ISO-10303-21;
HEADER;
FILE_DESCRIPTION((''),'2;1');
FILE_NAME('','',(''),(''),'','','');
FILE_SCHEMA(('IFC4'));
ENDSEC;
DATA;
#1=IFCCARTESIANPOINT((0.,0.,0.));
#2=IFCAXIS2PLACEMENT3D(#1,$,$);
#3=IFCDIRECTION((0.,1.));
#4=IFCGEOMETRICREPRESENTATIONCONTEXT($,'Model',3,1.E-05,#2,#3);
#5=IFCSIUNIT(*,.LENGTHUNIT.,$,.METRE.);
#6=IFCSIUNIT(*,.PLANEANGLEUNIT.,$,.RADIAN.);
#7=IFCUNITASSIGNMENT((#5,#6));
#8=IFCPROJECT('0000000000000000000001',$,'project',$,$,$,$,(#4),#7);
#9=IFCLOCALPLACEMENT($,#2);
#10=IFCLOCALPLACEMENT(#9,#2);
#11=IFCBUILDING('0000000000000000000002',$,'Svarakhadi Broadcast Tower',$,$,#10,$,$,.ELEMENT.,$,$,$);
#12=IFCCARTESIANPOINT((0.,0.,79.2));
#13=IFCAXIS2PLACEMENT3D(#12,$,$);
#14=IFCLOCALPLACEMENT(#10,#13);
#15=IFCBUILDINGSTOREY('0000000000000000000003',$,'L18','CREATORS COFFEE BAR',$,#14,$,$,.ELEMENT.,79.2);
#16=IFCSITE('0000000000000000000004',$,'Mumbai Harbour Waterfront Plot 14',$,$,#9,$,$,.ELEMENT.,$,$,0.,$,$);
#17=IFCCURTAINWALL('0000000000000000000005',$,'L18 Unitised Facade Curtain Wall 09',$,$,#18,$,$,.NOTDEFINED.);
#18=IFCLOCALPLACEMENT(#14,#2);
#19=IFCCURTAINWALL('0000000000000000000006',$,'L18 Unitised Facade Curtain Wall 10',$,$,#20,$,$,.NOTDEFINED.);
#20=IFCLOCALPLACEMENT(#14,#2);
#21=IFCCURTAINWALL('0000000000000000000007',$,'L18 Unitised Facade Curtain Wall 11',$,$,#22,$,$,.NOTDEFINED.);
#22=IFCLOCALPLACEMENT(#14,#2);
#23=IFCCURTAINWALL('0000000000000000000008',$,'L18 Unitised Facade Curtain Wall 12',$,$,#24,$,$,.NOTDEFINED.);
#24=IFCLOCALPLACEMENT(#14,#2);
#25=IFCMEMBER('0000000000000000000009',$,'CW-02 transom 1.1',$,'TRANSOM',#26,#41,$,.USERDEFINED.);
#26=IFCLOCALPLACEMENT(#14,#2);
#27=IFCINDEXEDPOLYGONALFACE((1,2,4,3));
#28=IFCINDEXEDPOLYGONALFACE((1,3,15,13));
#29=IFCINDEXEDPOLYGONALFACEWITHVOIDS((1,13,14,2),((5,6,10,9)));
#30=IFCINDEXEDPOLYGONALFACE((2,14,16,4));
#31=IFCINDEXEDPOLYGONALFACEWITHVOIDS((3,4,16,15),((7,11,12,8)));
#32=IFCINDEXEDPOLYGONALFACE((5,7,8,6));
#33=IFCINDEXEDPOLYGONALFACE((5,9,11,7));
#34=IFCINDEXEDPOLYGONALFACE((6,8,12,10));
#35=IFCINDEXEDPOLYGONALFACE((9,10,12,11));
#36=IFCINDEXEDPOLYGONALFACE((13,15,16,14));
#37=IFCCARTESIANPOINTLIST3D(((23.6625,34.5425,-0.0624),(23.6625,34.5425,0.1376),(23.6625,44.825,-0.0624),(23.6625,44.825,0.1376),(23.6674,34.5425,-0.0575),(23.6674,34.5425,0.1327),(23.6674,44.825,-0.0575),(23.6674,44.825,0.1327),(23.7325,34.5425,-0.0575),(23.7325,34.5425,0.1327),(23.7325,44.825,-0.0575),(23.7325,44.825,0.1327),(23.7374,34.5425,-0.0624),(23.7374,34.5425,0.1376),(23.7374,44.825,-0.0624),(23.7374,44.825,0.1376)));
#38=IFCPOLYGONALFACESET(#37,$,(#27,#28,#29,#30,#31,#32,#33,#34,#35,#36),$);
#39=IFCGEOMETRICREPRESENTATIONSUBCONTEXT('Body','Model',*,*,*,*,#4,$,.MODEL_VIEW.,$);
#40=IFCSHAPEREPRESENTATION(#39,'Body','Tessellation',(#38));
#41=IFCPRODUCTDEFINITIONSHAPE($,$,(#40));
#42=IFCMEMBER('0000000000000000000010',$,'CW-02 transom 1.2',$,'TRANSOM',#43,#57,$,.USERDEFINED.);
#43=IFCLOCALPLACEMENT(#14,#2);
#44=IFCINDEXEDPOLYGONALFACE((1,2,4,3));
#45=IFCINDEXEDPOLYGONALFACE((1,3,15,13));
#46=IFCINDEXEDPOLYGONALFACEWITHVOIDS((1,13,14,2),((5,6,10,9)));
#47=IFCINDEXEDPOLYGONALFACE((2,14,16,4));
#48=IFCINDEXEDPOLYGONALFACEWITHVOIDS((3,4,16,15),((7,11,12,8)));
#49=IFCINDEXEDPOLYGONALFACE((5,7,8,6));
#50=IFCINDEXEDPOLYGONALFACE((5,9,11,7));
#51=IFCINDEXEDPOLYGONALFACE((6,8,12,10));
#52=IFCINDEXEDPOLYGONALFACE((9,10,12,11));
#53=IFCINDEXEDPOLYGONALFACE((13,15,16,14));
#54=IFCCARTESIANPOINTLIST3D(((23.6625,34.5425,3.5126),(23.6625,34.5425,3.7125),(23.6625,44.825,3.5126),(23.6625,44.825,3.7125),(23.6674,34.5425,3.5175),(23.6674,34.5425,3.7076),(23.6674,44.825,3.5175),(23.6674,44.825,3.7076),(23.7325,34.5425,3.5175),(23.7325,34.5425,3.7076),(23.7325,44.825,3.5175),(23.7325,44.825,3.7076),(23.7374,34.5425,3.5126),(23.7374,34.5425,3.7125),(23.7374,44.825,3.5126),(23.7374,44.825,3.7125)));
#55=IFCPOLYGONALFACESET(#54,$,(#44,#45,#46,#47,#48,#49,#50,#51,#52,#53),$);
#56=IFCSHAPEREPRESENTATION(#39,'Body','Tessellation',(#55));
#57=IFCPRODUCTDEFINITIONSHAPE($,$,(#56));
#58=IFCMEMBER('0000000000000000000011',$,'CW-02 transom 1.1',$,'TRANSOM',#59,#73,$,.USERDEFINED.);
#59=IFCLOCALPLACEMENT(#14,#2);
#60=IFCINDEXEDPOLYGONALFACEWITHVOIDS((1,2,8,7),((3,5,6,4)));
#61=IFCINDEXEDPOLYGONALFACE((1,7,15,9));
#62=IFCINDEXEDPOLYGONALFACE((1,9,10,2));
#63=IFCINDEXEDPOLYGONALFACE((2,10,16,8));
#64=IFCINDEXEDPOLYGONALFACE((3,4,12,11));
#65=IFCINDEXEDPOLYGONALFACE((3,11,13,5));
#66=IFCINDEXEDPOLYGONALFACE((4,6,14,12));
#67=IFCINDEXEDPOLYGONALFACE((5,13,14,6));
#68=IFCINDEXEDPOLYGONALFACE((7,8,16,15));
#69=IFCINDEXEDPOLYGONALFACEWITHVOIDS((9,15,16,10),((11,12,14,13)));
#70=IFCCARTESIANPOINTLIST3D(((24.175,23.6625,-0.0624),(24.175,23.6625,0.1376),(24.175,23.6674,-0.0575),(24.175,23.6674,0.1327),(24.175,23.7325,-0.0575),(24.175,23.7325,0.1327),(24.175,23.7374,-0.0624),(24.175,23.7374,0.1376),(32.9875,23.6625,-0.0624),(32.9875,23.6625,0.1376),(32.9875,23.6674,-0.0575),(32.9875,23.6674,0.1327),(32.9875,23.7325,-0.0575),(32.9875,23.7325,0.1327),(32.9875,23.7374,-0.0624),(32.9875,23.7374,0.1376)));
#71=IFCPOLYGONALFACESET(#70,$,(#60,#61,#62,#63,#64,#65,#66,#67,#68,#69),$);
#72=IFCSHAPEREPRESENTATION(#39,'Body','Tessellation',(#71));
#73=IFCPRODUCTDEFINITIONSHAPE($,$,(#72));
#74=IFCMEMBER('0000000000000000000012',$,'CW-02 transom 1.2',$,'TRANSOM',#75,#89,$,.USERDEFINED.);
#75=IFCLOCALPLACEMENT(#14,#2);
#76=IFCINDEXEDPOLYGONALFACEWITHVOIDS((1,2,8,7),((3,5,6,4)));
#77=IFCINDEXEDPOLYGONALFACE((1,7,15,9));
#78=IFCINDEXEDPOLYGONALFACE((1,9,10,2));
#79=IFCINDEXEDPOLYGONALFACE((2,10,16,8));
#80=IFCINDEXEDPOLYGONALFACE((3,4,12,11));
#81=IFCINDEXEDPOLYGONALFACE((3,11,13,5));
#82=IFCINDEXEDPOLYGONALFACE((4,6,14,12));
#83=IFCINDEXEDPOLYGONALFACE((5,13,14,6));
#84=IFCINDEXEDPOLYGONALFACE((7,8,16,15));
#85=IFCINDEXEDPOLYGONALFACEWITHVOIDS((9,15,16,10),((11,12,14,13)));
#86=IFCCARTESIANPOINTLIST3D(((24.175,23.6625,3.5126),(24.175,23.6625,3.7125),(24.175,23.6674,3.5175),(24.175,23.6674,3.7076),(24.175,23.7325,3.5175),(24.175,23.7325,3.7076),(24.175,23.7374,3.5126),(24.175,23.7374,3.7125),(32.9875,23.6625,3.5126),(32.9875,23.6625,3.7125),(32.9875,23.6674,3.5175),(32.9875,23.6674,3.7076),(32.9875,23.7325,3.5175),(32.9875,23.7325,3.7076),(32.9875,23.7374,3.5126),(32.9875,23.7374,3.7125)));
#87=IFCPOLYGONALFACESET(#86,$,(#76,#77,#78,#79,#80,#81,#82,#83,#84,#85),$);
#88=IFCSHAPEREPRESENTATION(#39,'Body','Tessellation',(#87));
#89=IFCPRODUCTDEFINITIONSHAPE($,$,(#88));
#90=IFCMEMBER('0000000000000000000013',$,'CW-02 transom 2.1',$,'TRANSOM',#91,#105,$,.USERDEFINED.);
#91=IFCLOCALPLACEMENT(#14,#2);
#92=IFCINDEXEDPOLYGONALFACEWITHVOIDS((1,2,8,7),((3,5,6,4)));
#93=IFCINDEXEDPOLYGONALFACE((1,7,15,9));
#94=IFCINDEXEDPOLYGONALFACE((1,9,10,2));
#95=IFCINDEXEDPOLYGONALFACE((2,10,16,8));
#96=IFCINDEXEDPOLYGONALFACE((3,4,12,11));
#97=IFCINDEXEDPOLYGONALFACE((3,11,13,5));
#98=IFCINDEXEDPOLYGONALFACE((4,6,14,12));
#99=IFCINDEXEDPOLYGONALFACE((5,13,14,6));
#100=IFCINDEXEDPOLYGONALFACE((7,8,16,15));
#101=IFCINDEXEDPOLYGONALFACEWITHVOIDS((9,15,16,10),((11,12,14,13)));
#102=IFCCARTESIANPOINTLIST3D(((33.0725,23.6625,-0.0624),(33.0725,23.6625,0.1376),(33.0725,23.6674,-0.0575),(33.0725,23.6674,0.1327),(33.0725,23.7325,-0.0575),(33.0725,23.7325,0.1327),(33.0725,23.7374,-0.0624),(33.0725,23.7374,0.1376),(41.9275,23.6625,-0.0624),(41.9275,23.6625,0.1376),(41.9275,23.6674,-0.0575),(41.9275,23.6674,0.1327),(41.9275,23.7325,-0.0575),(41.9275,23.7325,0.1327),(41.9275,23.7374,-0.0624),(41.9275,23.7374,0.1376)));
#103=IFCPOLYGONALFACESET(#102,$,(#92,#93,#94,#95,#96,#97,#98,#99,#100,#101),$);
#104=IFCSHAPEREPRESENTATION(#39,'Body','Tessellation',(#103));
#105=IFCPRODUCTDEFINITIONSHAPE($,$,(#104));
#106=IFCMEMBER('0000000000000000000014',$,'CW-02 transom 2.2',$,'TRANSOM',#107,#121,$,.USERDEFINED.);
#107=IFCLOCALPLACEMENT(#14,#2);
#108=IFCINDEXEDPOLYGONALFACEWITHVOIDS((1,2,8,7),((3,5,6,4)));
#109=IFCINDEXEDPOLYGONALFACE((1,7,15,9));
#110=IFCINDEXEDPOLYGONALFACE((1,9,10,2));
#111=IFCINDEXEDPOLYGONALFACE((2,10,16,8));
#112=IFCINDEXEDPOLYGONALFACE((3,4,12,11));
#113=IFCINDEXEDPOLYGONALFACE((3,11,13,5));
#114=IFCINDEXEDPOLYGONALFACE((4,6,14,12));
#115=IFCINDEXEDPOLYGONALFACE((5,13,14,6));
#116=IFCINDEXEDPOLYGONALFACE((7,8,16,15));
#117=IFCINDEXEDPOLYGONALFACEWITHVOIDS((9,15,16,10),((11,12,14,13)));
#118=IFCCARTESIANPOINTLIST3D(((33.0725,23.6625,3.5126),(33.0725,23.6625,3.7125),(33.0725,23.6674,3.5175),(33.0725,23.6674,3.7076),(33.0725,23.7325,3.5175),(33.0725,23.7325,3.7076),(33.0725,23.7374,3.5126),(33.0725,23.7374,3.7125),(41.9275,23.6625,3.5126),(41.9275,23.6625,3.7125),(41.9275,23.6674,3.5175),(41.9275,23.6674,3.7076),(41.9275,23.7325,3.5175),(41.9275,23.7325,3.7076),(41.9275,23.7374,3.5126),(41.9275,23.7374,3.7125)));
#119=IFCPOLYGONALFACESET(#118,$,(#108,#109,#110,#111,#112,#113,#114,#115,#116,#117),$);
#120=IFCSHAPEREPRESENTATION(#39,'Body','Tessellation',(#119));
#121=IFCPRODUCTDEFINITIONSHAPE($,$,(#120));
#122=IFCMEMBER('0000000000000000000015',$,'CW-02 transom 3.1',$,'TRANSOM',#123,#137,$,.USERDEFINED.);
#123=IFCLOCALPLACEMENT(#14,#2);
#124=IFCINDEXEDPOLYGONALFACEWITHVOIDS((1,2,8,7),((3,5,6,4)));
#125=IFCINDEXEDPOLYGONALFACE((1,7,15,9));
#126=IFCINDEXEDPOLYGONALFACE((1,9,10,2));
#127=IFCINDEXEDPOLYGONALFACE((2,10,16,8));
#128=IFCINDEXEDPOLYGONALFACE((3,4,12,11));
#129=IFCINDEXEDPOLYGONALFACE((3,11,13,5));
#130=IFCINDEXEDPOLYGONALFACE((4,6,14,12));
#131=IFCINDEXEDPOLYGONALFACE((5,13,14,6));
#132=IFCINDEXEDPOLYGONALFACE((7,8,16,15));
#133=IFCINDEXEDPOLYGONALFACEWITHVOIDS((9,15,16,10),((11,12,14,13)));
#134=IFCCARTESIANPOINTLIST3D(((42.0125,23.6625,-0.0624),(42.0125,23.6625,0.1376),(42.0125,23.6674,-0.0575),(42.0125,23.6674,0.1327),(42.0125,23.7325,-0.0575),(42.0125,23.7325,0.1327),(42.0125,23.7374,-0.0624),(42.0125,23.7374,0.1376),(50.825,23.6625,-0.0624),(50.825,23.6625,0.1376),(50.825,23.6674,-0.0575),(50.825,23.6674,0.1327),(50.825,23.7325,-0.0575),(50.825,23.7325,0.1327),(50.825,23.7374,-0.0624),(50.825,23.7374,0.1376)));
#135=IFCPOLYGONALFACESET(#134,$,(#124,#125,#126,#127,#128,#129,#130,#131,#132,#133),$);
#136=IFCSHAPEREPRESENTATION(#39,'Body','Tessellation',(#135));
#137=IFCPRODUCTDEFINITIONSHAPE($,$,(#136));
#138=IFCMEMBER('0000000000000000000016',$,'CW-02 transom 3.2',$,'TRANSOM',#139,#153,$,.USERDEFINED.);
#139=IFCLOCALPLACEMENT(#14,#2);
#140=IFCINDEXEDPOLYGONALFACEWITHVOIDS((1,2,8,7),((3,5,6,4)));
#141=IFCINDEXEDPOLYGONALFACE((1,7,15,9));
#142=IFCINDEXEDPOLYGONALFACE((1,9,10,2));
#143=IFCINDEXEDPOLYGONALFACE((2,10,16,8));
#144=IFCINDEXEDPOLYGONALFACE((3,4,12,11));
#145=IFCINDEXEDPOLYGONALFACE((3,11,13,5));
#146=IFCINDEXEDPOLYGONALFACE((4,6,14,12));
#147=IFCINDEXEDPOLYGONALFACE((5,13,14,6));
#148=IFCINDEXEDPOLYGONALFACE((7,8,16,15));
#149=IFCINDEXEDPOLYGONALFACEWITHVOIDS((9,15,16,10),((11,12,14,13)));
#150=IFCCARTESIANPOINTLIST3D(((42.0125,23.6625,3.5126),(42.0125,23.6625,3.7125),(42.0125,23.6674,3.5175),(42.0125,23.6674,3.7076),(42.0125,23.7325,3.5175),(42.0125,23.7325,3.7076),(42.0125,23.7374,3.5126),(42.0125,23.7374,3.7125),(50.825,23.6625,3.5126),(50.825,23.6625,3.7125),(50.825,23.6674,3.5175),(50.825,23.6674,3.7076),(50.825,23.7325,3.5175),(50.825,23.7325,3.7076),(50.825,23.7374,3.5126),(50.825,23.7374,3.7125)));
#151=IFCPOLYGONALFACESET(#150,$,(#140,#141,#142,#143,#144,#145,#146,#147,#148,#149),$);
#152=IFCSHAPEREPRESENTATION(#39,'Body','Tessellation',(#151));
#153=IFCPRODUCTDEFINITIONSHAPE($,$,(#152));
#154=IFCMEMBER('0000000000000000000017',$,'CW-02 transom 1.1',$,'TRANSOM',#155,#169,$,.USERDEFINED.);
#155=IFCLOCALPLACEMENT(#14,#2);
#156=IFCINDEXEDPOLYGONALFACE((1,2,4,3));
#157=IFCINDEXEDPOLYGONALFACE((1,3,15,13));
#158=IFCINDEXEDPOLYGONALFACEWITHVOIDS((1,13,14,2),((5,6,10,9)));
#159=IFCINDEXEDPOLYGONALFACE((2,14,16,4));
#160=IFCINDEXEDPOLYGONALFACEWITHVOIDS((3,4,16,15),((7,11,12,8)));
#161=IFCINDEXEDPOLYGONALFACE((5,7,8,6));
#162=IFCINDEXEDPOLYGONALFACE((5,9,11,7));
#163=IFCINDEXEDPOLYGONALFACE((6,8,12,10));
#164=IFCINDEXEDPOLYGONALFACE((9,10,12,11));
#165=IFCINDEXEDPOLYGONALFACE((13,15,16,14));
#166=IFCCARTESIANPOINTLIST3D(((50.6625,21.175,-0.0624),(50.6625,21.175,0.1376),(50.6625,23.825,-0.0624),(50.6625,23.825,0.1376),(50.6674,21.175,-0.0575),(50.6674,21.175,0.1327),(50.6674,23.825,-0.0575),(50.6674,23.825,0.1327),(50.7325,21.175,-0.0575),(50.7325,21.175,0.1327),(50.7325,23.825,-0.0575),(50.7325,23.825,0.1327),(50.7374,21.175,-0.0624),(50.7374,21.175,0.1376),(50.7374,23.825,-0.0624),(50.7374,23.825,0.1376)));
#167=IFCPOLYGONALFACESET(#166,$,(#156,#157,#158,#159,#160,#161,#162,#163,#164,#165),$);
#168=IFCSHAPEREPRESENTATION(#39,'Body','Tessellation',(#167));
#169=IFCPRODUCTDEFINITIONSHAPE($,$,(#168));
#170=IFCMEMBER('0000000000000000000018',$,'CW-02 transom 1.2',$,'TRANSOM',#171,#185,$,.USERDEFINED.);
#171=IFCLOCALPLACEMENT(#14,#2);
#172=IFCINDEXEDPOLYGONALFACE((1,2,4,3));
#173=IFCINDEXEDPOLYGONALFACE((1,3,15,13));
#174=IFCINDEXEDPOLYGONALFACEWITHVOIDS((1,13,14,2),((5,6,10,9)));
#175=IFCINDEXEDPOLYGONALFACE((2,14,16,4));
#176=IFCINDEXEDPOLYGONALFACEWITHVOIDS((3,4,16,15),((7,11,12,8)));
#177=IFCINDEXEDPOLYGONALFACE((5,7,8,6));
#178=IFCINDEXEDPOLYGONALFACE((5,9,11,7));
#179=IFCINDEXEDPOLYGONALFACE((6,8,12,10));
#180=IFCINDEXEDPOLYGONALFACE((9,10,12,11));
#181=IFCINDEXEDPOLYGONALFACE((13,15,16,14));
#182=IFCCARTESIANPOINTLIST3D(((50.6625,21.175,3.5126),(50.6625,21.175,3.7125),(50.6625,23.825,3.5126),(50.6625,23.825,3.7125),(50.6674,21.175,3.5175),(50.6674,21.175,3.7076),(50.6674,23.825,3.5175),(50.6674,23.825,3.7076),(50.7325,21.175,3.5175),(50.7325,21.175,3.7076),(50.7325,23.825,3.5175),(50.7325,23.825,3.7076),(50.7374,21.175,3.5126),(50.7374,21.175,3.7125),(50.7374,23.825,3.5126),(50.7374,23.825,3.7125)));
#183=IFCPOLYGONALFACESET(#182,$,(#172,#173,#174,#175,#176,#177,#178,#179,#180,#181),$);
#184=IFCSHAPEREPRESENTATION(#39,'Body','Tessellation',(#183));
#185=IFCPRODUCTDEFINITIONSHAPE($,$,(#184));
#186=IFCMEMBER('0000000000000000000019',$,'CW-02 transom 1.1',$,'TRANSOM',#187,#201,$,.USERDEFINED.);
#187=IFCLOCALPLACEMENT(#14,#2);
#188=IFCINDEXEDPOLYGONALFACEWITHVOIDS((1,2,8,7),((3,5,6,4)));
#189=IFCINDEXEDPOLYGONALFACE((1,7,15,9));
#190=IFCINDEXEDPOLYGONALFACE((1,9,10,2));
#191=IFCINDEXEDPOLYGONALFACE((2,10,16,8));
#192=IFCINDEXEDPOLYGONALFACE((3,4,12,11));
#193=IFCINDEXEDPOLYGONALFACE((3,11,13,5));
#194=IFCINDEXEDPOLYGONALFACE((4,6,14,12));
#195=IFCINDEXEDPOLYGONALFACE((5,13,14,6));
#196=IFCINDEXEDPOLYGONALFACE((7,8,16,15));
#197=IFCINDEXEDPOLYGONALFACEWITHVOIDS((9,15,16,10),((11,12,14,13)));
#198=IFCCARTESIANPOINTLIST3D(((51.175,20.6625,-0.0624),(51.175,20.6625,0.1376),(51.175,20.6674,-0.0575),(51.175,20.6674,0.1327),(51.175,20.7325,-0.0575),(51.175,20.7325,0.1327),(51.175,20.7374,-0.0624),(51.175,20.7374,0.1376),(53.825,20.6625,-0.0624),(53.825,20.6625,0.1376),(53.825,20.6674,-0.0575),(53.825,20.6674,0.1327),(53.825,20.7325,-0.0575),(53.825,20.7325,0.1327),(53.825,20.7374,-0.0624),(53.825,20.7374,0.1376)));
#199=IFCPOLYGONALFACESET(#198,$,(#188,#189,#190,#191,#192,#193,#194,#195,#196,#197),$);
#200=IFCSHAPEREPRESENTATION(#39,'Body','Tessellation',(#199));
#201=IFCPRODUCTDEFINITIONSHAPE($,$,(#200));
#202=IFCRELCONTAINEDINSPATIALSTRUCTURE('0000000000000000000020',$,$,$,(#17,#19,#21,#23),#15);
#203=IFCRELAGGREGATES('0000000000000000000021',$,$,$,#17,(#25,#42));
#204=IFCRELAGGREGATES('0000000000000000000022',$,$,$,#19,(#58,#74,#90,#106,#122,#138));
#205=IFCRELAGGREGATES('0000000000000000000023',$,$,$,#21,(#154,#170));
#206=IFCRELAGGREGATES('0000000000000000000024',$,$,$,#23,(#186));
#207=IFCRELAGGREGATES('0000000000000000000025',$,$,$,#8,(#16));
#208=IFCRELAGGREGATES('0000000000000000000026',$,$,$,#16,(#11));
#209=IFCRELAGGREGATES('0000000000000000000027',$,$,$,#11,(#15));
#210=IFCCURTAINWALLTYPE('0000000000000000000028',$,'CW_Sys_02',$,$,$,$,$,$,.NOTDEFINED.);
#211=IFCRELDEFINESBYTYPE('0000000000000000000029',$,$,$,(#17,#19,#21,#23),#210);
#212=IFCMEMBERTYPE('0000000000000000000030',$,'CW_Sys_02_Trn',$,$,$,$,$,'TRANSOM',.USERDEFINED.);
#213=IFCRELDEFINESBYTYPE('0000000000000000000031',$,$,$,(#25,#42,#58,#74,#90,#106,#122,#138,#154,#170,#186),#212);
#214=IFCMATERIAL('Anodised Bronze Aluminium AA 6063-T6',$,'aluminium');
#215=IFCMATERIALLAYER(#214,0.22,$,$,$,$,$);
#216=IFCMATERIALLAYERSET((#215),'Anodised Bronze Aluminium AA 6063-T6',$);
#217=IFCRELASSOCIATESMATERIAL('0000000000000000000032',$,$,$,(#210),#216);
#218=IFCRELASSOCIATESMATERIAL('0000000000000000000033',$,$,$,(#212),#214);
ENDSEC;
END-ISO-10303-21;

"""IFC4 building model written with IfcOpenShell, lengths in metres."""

from ifc_helpers import new_model, si_unit, direction, frame, origin, origin_2d, place, context, subcontext, project, spatial, hollow_rectangle, extrude, material, layer, layer_set, material_profile, profile_set, type_object, element, aggregate, save


model = new_model("IFC4")

# Units and contexts
model_context = context("Model", 3, precision=1e-05, world=origin(), true_north=direction((0.0, 1.0)))
body_context = subcontext(model_context, "Body", "Model", "MODEL_VIEW")
ifc_project = project(units=[si_unit("LENGTHUNIT", "METRE"), si_unit("PLANEANGLEUNIT", "RADIAN")], contexts=[model_context])

# Site, building, storey
site_placement = place(None, origin())
site = spatial("IfcSite", under=ifc_project, at=site_placement, Name="Mumbai Harbour Waterfront Plot 14", CompositionType="ELEMENT", RefElevation=0.0)
building_placement = place(site_placement, origin())
building = spatial("IfcBuilding", under=site, at=building_placement, Name="Svarakhadi Broadcast Tower", CompositionType="ELEMENT")
storey_placement = place(building_placement, frame((0.0, 0.0, 79.2)))
storey = spatial("IfcBuildingStorey", under=building, at=storey_placement, Name="L18", Description="CREATORS COFFEE BAR", CompositionType="ELEMENT", Elevation=79.2)

# Curtain wall
ifc_material_1 = material(Name="Anodised Bronze Aluminium AA 6063-T6", Category="aluminium")
ifc_layer_1 = layer(ifc_material_1, 0.22)
ifc_layer_set_1 = layer_set([ifc_layer_1], Name="Anodised Bronze Aluminium AA 6063-T6")
curtain_wall_type = type_object("IfcCurtainWallType", Name="CW_Sys_02", PredefinedType="NOTDEFINED", material=ifc_layer_set_1)
curtain_wall_1_placement = place(storey_placement, origin())
curtain_wall_1 = element("IfcCurtainWall", 1, at=curtain_wall_1_placement, inside=storey, type_object=curtain_wall_type, Name="L18 Unitised Facade Curtain Wall 09", PredefinedType="NOTDEFINED")

# Curtain walls
curtain_wall_2_placement = place(storey_placement, origin())
curtain_wall_2 = element("IfcCurtainWall", 2, at=curtain_wall_2_placement, inside=storey, type_object=curtain_wall_type, Name="L18 Unitised Facade Curtain Wall 10", PredefinedType="NOTDEFINED")
curtain_wall_3_placement = place(storey_placement, origin())
curtain_wall_3 = element("IfcCurtainWall", 3, at=curtain_wall_3_placement, inside=storey, type_object=curtain_wall_type, Name="L18 Unitised Facade Curtain Wall 11", PredefinedType="NOTDEFINED")
curtain_wall_4_placement = place(storey_placement, origin())
curtain_wall_4 = element("IfcCurtainWall", 4, at=curtain_wall_4_placement, inside=storey, type_object=curtain_wall_type, Name="L18 Unitised Facade Curtain Wall 12", PredefinedType="NOTDEFINED")

# Members
ifc_material_profile_1 = material_profile(ifc_material_1, hollow_rectangle(XDim=0.075, YDim=0.2, WallThickness=0.0049, at=origin_2d()), Name="ALU TRANSOM 200x75x5")
ifc_profile_set_1 = profile_set([ifc_material_profile_1], Name="Anodised Bronze Aluminium AA 6063-T6")
member_type_1 = type_object("IfcMemberType", Name="CW_Sys_02_Trn", ElementType="TRANSOM", PredefinedType="USERDEFINED", material=ifc_profile_set_1)
member_1_placement = place(storey_placement, frame((23.7, 44.825, 0.0376), z_axis=(0.0, -1.0, 0.0), x_axis=(1.0, 0.0, 0.0)))
member_1 = element("IfcMember", 5, at=member_1_placement, type_object=member_type_1, Name="CW-02 transom 1.1", ObjectType="TRANSOM", PredefinedType="USERDEFINED", context=body_context, shape_type="SweptSolid", body=[
    extrude(hollow_rectangle(XDim=0.075, YDim=0.2, WallThickness=0.0049, at=origin_2d()), origin(), (0.0, 0.0, 1.0), 10.2825),
])
member_2_placement = place(storey_placement, frame((23.7, 44.825, 3.6125), z_axis=(0.0, -1.0, 0.0), x_axis=(1.0, 0.0, 0.0)))
member_2 = element("IfcMember", 6, at=member_2_placement, type_object=member_type_1, Name="CW-02 transom 1.2", ObjectType="TRANSOM", PredefinedType="USERDEFINED", context=body_context, shape_type="SweptSolid", body=[
    extrude(hollow_rectangle(XDim=0.075, YDim=0.2, WallThickness=0.0049, at=origin_2d()), origin(), (0.0, 0.0, 1.0), 10.2825),
])
aggregate(curtain_wall_1, [member_1, member_2])
member_3_placement = place(storey_placement, frame((24.175, 23.7, 0.0376), z_axis=(1.0, 0.0, 0.0), x_axis=(0.0, 1.0, 0.0)))
member_3 = element("IfcMember", 7, at=member_3_placement, type_object=member_type_1, Name="CW-02 transom 1.1", ObjectType="TRANSOM", PredefinedType="USERDEFINED", context=body_context, shape_type="SweptSolid", body=[
    extrude(hollow_rectangle(XDim=0.075, YDim=0.2, WallThickness=0.0049, at=origin_2d()), origin(), (0.0, 0.0, 1.0), 8.8125),
])
member_4_placement = place(storey_placement, frame((24.175, 23.7, 3.6125), z_axis=(1.0, 0.0, 0.0), x_axis=(0.0, 1.0, 0.0)))
member_4 = element("IfcMember", 8, at=member_4_placement, type_object=member_type_1, Name="CW-02 transom 1.2", ObjectType="TRANSOM", PredefinedType="USERDEFINED", context=body_context, shape_type="SweptSolid", body=[
    extrude(hollow_rectangle(XDim=0.075, YDim=0.2, WallThickness=0.0049, at=origin_2d()), origin(), (0.0, 0.0, 1.0), 8.8125),
])
member_5_placement = place(storey_placement, frame((33.0725, 23.7, 0.0376), z_axis=(1.0, 0.0, 0.0), x_axis=(0.0, 1.0, 0.0)))
member_5 = element("IfcMember", 9, at=member_5_placement, type_object=member_type_1, Name="CW-02 transom 2.1", ObjectType="TRANSOM", PredefinedType="USERDEFINED", context=body_context, shape_type="SweptSolid", body=[
    extrude(hollow_rectangle(XDim=0.075, YDim=0.2, WallThickness=0.0049, at=origin_2d()), origin(), (0.0, 0.0, 1.0), 8.855),
])
member_6_placement = place(storey_placement, frame((33.0725, 23.7, 3.6125), z_axis=(1.0, 0.0, 0.0), x_axis=(0.0, 1.0, 0.0)))
member_6 = element("IfcMember", 10, at=member_6_placement, type_object=member_type_1, Name="CW-02 transom 2.2", ObjectType="TRANSOM", PredefinedType="USERDEFINED", context=body_context, shape_type="SweptSolid", body=[
    extrude(hollow_rectangle(XDim=0.075, YDim=0.2, WallThickness=0.0049, at=origin_2d()), origin(), (0.0, 0.0, 1.0), 8.855),
])
member_7_placement = place(storey_placement, frame((42.0125, 23.7, 0.0376), z_axis=(1.0, 0.0, 0.0), x_axis=(0.0, 1.0, 0.0)))
member_7 = element("IfcMember", 11, at=member_7_placement, type_object=member_type_1, Name="CW-02 transom 3.1", ObjectType="TRANSOM", PredefinedType="USERDEFINED", context=body_context, shape_type="SweptSolid", body=[
    extrude(hollow_rectangle(XDim=0.075, YDim=0.2, WallThickness=0.0049, at=origin_2d()), origin(), (0.0, 0.0, 1.0), 8.8125),
])
member_8_placement = place(storey_placement, frame((42.0125, 23.7, 3.6125), z_axis=(1.0, 0.0, 0.0), x_axis=(0.0, 1.0, 0.0)))
member_8 = element("IfcMember", 12, at=member_8_placement, type_object=member_type_1, Name="CW-02 transom 3.2", ObjectType="TRANSOM", PredefinedType="USERDEFINED", context=body_context, shape_type="SweptSolid", body=[
    extrude(hollow_rectangle(XDim=0.075, YDim=0.2, WallThickness=0.0049, at=origin_2d()), origin(), (0.0, 0.0, 1.0), 8.8125),
])
member_9_placement = place(storey_placement, frame((50.7, 23.825, 0.0376), z_axis=(0.0, -1.0, 0.0), x_axis=(1.0, 0.0, 0.0)))
member_9 = element("IfcMember", 13, at=member_9_placement, type_object=member_type_1, Name="CW-02 transom 1.1", ObjectType="TRANSOM", PredefinedType="USERDEFINED", context=body_context, shape_type="SweptSolid", body=[
    extrude(hollow_rectangle(XDim=0.075, YDim=0.2, WallThickness=0.0049, at=origin_2d()), origin(), (0.0, 0.0, 1.0), 2.6499),
])
member_10_placement = place(storey_placement, frame((50.7, 23.825, 3.6125), z_axis=(0.0, -1.0, 0.0), x_axis=(1.0, 0.0, 0.0)))
member_10 = element("IfcMember", 14, at=member_10_placement, type_object=member_type_1, Name="CW-02 transom 1.2", ObjectType="TRANSOM", PredefinedType="USERDEFINED", context=body_context, shape_type="SweptSolid", body=[
    extrude(hollow_rectangle(XDim=0.075, YDim=0.2, WallThickness=0.0049, at=origin_2d()), origin(), (0.0, 0.0, 1.0), 2.6499),
])
member_11_placement = place(storey_placement, frame((51.175, 20.7, 0.0376), z_axis=(1.0, 0.0, 0.0), x_axis=(0.0, 1.0, 0.0)))
member_11 = element("IfcMember", 15, at=member_11_placement, type_object=member_type_1, Name="CW-02 transom 1.1", ObjectType="TRANSOM", PredefinedType="USERDEFINED", context=body_context, shape_type="SweptSolid", body=[
    extrude(hollow_rectangle(XDim=0.075, YDim=0.2, WallThickness=0.0049, at=origin_2d()), origin(), (0.0, 0.0, 1.0), 2.6499),
])

aggregate(curtain_wall_2, [member_3, member_4, member_5, member_6, member_7, member_8])
aggregate(curtain_wall_3, [member_9, member_10])
aggregate(curtain_wall_4, [member_11])

save(model, "model.ifc")
